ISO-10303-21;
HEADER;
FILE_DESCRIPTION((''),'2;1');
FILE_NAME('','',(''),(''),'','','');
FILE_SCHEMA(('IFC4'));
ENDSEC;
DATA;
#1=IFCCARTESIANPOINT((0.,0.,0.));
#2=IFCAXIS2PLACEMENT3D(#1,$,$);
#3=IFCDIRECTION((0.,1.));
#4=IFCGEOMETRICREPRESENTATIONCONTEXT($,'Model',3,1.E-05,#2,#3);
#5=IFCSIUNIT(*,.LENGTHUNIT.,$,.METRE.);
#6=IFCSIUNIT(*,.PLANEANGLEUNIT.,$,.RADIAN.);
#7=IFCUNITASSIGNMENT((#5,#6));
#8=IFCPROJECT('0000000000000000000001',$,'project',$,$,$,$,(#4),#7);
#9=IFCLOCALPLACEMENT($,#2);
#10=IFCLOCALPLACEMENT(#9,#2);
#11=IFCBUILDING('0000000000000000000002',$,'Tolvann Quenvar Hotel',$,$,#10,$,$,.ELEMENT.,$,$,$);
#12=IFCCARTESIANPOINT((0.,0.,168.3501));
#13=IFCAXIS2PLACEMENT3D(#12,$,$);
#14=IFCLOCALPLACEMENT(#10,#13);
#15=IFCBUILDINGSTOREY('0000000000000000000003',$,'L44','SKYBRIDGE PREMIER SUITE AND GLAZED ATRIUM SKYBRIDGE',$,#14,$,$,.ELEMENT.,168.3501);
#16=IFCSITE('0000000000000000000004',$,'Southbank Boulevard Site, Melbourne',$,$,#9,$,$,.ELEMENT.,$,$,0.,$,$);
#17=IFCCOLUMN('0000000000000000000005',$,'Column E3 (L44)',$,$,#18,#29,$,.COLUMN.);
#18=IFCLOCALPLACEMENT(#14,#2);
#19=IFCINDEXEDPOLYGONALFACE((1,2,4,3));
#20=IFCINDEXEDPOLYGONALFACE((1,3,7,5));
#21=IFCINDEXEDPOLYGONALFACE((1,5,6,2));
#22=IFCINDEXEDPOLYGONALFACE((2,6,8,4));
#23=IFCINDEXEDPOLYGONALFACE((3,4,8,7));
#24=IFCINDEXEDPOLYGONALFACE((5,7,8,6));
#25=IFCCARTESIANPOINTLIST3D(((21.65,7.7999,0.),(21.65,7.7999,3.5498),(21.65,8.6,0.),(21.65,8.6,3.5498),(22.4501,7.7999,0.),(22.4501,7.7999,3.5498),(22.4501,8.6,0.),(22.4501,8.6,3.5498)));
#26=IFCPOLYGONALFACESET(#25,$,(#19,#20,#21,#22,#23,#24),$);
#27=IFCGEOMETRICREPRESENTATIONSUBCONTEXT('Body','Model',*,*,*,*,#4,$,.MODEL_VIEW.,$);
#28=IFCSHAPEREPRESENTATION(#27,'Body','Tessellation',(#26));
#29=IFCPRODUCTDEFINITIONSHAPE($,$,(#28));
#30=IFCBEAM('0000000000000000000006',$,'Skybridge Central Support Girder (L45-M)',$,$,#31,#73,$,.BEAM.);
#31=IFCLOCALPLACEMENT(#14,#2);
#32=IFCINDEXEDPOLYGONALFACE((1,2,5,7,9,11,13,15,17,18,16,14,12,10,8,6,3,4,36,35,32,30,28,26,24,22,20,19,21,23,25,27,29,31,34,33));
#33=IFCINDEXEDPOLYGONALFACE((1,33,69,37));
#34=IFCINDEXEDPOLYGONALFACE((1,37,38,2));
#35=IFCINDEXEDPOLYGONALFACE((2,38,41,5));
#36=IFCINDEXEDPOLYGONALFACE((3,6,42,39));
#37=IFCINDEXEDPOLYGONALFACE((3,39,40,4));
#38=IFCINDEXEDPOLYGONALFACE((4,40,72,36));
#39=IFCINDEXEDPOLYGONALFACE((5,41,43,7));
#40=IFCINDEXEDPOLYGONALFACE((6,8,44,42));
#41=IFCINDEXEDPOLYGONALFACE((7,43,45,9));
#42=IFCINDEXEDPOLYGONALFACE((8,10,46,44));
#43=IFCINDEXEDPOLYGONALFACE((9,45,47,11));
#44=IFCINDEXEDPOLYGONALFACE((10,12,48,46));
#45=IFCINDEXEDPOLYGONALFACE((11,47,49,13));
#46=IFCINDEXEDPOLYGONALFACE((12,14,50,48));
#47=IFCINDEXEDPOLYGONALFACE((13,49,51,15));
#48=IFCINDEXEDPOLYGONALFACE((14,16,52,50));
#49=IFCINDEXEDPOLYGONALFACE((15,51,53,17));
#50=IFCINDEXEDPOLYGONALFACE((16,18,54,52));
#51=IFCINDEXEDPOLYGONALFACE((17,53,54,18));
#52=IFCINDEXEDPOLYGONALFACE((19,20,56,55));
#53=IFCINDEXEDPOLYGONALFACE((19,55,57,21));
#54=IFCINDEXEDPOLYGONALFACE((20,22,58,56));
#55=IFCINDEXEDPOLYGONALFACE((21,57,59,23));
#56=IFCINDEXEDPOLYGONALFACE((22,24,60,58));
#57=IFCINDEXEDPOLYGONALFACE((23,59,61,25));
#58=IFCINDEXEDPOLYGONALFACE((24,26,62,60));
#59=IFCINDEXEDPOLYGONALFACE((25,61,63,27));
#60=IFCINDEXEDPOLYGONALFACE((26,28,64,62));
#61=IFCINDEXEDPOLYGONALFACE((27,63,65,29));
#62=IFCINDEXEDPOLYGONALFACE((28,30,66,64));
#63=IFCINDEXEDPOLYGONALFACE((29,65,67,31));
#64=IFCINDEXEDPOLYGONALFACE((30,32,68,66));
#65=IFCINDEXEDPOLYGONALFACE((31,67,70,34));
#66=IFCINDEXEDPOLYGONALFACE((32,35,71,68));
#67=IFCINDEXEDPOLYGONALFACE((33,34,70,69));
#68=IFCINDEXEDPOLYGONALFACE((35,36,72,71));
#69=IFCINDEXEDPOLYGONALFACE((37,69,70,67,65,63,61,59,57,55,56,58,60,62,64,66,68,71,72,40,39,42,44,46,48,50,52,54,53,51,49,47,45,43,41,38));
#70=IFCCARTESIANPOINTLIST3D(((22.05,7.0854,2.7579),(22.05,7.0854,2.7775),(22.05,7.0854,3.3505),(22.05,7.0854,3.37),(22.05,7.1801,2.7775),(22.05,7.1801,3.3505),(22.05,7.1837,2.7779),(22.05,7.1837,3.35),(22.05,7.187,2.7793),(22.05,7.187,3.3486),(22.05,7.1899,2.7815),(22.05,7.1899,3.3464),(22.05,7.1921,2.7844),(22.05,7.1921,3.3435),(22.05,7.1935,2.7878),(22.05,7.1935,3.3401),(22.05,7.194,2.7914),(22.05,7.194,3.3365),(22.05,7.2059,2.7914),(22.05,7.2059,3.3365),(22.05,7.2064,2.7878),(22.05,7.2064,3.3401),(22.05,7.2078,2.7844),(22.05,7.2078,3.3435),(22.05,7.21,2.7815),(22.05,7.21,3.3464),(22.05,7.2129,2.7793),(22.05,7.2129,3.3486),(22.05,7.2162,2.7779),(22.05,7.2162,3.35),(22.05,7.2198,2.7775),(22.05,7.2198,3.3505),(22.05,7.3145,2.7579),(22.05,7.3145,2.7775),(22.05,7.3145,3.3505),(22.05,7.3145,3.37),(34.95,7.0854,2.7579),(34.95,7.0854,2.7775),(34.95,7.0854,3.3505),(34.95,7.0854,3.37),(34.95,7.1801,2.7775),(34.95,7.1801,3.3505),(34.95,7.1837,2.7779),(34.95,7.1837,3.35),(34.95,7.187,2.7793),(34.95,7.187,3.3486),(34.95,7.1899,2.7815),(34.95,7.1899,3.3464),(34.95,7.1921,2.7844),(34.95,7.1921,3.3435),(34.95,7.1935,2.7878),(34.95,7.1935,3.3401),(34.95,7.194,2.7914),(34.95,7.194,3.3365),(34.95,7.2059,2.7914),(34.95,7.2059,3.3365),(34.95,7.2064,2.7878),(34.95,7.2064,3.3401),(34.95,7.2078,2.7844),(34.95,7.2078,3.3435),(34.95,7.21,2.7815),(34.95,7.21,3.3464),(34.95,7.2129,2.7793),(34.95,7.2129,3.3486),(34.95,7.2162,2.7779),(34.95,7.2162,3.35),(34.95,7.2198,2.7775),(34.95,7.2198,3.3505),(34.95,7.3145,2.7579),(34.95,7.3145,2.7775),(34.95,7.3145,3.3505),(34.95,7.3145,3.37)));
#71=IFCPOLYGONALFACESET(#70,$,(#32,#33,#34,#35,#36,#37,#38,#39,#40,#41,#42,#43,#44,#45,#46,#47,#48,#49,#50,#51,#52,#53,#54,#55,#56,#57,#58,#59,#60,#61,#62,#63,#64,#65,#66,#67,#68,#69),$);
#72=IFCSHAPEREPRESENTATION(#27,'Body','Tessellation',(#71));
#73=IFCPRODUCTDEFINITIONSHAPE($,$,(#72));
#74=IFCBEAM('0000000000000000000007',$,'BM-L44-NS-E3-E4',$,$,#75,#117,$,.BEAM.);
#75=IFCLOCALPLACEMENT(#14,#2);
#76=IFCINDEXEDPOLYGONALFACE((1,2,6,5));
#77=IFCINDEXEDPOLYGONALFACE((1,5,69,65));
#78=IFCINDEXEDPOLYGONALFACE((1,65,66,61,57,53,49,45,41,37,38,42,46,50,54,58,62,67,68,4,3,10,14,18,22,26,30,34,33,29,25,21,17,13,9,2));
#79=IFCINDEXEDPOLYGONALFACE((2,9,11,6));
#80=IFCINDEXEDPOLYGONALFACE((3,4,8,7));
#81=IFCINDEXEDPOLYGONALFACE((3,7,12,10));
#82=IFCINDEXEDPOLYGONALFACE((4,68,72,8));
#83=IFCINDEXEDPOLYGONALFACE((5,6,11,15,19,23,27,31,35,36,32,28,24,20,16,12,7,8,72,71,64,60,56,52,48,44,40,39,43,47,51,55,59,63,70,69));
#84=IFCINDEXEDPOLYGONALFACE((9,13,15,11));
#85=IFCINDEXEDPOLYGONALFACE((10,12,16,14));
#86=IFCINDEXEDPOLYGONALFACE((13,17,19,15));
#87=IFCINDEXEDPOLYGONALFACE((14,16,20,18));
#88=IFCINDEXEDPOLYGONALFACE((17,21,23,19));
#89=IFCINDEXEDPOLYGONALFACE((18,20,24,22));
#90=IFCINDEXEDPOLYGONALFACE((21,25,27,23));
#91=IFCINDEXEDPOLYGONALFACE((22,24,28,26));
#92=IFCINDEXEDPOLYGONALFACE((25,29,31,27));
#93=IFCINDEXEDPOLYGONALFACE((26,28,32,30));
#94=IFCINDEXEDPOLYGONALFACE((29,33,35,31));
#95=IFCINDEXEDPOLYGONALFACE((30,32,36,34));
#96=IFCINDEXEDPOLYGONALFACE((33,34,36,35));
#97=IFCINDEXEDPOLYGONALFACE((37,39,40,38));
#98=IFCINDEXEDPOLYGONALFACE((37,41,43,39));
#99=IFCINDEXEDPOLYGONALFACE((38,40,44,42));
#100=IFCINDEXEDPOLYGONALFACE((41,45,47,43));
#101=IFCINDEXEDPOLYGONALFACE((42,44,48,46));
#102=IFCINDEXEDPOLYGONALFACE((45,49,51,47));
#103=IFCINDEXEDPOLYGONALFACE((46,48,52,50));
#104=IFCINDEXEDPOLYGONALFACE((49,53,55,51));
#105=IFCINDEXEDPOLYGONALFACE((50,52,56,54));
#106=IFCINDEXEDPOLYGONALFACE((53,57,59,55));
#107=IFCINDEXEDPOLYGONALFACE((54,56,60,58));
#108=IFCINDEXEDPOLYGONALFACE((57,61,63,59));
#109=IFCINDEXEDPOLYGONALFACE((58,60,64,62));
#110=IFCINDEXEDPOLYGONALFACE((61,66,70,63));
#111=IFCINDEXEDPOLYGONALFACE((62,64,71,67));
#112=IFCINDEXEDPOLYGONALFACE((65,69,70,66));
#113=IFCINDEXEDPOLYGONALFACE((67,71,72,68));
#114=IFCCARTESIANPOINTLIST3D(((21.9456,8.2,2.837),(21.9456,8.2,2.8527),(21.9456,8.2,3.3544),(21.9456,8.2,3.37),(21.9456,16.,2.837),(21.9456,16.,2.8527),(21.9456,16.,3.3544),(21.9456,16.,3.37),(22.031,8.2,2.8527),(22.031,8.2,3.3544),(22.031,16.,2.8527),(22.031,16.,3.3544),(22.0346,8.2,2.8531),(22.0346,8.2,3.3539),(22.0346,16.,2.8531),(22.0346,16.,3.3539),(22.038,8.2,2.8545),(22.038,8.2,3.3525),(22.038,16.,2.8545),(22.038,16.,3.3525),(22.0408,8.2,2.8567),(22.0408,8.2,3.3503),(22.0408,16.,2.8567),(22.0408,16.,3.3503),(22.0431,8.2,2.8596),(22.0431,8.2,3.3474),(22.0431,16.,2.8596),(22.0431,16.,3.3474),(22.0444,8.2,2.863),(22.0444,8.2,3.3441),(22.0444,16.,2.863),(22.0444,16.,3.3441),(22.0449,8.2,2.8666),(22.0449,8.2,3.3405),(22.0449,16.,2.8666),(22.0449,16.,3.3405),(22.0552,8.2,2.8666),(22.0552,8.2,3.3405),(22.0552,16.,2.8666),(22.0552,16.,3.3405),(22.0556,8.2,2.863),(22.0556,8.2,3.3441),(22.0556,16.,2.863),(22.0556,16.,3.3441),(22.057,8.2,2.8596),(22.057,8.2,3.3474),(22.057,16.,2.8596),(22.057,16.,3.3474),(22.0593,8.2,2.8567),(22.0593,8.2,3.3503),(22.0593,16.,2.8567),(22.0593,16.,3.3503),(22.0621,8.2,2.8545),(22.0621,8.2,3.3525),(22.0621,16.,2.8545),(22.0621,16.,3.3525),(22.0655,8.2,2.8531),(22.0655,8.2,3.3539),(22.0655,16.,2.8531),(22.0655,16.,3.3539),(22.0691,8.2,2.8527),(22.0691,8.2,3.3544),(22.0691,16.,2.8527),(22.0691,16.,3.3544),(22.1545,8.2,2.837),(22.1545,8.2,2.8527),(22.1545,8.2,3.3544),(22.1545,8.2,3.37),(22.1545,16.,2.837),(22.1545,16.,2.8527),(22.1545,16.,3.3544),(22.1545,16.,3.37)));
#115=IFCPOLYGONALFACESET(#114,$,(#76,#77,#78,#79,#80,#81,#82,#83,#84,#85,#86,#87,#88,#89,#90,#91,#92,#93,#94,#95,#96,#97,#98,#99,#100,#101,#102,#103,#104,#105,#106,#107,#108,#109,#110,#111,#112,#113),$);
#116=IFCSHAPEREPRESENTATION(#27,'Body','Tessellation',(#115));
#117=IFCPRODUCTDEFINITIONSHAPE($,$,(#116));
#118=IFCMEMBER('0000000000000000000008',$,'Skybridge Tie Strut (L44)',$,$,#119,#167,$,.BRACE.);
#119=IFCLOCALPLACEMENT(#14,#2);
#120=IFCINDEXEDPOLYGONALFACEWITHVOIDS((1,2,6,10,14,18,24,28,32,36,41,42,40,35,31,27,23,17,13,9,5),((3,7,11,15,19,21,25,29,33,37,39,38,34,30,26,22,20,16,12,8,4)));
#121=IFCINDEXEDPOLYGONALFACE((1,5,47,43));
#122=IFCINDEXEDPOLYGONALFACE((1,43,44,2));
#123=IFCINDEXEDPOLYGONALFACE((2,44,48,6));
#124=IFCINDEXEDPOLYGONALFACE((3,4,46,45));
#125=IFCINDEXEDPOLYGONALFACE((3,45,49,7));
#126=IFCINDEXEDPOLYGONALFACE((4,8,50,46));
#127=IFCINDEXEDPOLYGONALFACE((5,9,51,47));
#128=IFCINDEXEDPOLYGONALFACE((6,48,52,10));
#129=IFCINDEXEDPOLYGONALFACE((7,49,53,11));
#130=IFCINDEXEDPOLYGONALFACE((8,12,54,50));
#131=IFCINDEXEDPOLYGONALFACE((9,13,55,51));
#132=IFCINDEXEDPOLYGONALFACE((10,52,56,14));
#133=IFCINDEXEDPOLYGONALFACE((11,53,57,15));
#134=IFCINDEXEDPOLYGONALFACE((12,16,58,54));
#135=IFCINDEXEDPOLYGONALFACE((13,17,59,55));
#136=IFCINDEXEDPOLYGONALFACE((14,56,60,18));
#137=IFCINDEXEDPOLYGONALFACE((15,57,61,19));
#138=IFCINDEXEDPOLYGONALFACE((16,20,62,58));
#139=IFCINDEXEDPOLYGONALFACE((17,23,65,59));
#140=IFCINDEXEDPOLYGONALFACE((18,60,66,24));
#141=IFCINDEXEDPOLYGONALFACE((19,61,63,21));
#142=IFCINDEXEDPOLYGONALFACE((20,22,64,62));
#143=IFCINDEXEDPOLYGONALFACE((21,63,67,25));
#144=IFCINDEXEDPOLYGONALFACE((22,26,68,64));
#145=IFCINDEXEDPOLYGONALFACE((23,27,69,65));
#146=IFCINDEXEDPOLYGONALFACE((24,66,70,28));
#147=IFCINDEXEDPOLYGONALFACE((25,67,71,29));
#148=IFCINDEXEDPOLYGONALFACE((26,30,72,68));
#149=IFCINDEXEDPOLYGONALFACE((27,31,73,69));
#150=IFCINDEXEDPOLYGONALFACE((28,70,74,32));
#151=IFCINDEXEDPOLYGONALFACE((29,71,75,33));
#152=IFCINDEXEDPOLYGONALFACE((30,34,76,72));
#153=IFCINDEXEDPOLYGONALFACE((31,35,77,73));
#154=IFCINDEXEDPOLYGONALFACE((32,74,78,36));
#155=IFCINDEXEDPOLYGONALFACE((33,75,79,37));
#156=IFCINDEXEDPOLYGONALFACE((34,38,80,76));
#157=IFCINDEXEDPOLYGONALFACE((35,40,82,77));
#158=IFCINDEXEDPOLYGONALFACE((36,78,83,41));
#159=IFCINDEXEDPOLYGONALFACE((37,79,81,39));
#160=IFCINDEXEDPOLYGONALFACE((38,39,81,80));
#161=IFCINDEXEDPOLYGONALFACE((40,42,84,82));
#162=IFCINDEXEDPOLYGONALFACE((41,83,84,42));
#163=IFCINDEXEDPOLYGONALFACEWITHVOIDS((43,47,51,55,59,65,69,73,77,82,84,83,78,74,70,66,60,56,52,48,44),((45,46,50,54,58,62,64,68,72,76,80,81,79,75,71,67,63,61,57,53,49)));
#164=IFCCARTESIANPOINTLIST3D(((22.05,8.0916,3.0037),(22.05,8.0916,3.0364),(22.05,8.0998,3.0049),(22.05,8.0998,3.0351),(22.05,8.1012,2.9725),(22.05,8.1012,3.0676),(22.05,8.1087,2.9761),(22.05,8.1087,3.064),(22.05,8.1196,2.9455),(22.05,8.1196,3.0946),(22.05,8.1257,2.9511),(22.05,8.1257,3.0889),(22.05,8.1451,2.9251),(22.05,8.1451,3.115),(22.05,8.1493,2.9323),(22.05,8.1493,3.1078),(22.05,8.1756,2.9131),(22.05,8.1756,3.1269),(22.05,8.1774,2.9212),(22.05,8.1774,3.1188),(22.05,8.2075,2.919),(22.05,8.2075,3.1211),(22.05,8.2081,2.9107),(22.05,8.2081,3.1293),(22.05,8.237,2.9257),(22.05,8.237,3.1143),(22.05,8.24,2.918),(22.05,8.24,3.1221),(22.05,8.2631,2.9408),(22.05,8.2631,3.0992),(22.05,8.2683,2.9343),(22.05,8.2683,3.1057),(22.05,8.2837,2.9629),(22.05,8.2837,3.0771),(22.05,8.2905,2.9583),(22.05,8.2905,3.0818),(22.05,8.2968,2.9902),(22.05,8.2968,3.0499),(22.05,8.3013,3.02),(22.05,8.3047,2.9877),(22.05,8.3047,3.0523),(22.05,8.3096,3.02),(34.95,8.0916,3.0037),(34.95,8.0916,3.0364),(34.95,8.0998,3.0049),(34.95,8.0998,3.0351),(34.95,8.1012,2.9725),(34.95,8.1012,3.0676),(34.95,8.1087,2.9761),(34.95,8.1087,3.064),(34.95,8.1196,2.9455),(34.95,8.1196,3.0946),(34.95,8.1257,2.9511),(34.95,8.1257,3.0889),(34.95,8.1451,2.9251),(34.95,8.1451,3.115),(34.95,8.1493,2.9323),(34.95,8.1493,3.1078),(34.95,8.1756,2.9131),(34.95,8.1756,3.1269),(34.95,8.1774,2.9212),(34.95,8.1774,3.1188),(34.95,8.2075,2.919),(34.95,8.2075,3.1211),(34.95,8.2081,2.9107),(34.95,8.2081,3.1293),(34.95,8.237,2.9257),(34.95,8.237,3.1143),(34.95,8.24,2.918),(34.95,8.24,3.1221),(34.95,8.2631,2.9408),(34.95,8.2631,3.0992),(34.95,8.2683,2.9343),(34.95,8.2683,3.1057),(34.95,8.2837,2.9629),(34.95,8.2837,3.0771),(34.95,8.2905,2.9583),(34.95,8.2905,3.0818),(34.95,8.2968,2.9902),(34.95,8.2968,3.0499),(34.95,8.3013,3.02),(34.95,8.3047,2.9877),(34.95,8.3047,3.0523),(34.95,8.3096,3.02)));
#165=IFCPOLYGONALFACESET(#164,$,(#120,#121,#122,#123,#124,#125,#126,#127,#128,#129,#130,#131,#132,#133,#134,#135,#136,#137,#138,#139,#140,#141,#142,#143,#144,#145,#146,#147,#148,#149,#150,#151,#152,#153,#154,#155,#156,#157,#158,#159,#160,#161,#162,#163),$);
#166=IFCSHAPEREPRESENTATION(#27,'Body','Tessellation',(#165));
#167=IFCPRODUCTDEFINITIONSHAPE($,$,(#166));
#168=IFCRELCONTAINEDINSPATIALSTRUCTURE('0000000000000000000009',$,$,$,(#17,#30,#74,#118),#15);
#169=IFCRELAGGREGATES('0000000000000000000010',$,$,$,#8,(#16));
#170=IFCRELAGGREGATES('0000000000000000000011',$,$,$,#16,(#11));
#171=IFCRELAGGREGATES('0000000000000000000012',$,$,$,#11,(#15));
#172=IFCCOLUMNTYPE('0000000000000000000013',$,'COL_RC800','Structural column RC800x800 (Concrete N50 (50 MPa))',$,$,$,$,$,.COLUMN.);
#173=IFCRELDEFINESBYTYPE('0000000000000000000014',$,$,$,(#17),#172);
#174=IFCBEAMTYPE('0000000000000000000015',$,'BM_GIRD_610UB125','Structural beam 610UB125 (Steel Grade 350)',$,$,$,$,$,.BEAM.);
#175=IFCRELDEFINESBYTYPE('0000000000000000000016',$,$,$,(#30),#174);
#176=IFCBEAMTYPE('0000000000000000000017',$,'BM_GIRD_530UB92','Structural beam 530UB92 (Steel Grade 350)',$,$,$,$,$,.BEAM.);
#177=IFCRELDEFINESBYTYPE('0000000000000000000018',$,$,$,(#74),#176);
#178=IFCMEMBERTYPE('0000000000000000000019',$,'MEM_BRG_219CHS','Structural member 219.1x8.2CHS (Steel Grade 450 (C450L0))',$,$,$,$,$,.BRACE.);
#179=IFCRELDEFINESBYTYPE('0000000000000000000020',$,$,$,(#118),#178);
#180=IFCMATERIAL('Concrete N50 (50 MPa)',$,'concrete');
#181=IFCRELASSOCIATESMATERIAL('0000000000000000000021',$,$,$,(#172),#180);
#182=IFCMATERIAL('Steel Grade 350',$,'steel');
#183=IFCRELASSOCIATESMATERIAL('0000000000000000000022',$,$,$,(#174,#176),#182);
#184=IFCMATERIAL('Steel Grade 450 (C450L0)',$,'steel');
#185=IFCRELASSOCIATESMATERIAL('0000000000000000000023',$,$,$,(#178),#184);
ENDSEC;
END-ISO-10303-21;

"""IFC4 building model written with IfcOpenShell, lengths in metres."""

from ifc_helpers import new_model, si_unit, direction, frame, origin, origin_2d, place, context, subcontext, project, spatial, rectangle, hollow_circle, i_section, extrude, source, transform, mapped, material, material_profile, profile_set, type_object, type_shapes, element, save


model = new_model("IFC4")

# Units and contexts
model_context = context("Model", 3, precision=1e-05, world=origin(), true_north=direction((0.0, 1.0)))
body_context = subcontext(model_context, "Body", "Model", "MODEL_VIEW")
ifc_project = project(units=[si_unit("LENGTHUNIT", "METRE"), si_unit("PLANEANGLEUNIT", "RADIAN")], contexts=[model_context])

# Site, building, storey
site_placement = place(None, origin())
site = spatial("IfcSite", under=ifc_project, at=site_placement, Name="Southbank Boulevard Site, Melbourne", CompositionType="ELEMENT", RefElevation=0.0)
building_placement = place(site_placement, origin())
building = spatial("IfcBuilding", under=site, at=building_placement, Name="Tolvann Quenvar Hotel", CompositionType="ELEMENT")
storey_placement = place(building_placement, frame((0.0, 0.0, 168.3501)))
storey = spatial("IfcBuildingStorey", under=building, at=storey_placement, Name="L44", Description="SKYBRIDGE PREMIER SUITE AND GLAZED ATRIUM SKYBRIDGE", CompositionType="ELEMENT", Elevation=168.3501)

# Column
ifc_material_1 = material(Name="Concrete N50 (50 MPa)", Category="concrete")
ifc_material_profile_1 = material_profile(ifc_material_1, rectangle(XDim=0.8, YDim=0.8, at=origin_2d()), Name="RC800x800")
ifc_profile_set_1 = profile_set([ifc_material_profile_1], Name="Concrete N50 (50 MPa)")
column_type = type_object("IfcColumnType", Name="COL_RC800", Description="Structural column RC800x800 (Concrete N50 (50 MPa))", PredefinedType="COLUMN", material=ifc_profile_set_1)
shared_shape_1 = source(origin(), body_context, "Body", "SweptSolid", [
    extrude(rectangle(XDim=0.8, YDim=0.8, at=origin_2d()), origin(), (0.0, 0.0, 1.0), 3.5498),
])
type_shapes(column_type, [shared_shape_1])
column_placement = place(storey_placement, frame((22.05, 8.2, 0.0), z_axis=(0.0, 0.0, 1.0), x_axis=(1.0, 0.0, 0.0)))
element("IfcColumn", 1, at=column_placement, inside=storey, type_object=column_type, Name="Column E3 (L44)", PredefinedType="COLUMN", context=body_context, shape_type="MappedRepresentation", body=[
    mapped(shared_shape_1, transform((0.0, 0.0, 0.0), x_axis=(1.0, 0.0, 0.0), y_axis=(0.0, 1.0, 0.0), z_axis=(0.0, 0.0, 1.0), scale=1.0)),
])

# Beams
ifc_material_2 = material(Name="Steel Grade 350", Category="steel")
ifc_material_profile_2 = material_profile(ifc_material_2, i_section(OverallWidth=0.229, OverallDepth=0.6121, WebThickness=0.012, FlangeThickness=0.0195, FilletRadius=0.0139, at=origin_2d()), Name="610UB125")
ifc_profile_set_2 = profile_set([ifc_material_profile_2], Name="Steel Grade 350")
beam_type_1 = type_object("IfcBeamType", Name="BM_GIRD_610UB125", Description="Structural beam 610UB125 (Steel Grade 350)", PredefinedType="BEAM", material=ifc_profile_set_2)
shared_shape_2 = source(origin(), body_context, "Body", "SweptSolid", [
    extrude(i_section(OverallWidth=0.229, OverallDepth=0.6121, WebThickness=0.012, FlangeThickness=0.0195, FilletRadius=0.0139, at=origin_2d()), origin(), (0.0, 0.0, 1.0), 12.8999),
])
type_shapes(beam_type_1, [shared_shape_2])
beam_1_placement = place(storey_placement, frame((22.05, 7.2, 3.064), z_axis=(1.0, 0.0, 0.0), x_axis=(0.0, 1.0, 0.0)))
element("IfcBeam", 2, at=beam_1_placement, inside=storey, type_object=beam_type_1, Name="Skybridge Central Support Girder (L45-M)", PredefinedType="BEAM", context=body_context, shape_type="MappedRepresentation", body=[
    mapped(shared_shape_2, transform((0.0, 0.0, 0.0), x_axis=(1.0, 0.0, 0.0), y_axis=(0.0, 1.0, 0.0), z_axis=(0.0, 0.0, 1.0), scale=1.0)),
])
ifc_material_profile_3 = material_profile(ifc_material_2, i_section(OverallWidth=0.209, OverallDepth=0.533, WebThickness=0.0103, FlangeThickness=0.0156, FilletRadius=0.0139, at=origin_2d()), Name="530UB92")
ifc_profile_set_3 = profile_set([ifc_material_profile_3], Name="Steel Grade 350")
beam_type_2 = type_object("IfcBeamType", Name="BM_GIRD_530UB92", Description="Structural beam 530UB92 (Steel Grade 350)", PredefinedType="BEAM", material=ifc_profile_set_3)
shared_shape_3 = source(origin(), body_context, "Body", "SweptSolid", [
    extrude(i_section(OverallWidth=0.209, OverallDepth=0.533, WebThickness=0.0103, FlangeThickness=0.0156, FilletRadius=0.0139, at=origin_2d()), origin(), (0.0, 0.0, 1.0), 7.8),
])
type_shapes(beam_type_2, [shared_shape_3])
beam_2_placement = place(storey_placement, frame((22.05, 8.2, 3.1035), z_axis=(0.0, 1.0, 0.0), x_axis=(-1.0, 0.0, 0.0)))
element("IfcBeam", 3, at=beam_2_placement, inside=storey, type_object=beam_type_2, Name="BM-L44-NS-E3-E4", PredefinedType="BEAM", context=body_context, shape_type="MappedRepresentation", body=[
    mapped(shared_shape_3, transform((0.0, 0.0, 0.0), x_axis=(1.0, 0.0, 0.0), y_axis=(0.0, 1.0, 0.0), z_axis=(0.0, 0.0, 1.0), scale=1.0)),
])

# Member
ifc_material_3 = material(Name="Steel Grade 450 (C450L0)", Category="steel")
ifc_material_profile_4 = material_profile(ifc_material_3, hollow_circle(Radius=0.1096, WallThickness=0.0083, at=origin_2d()), Name="219.1x8.2CHS")
ifc_profile_set_4 = profile_set([ifc_material_profile_4], Name="Steel Grade 450 (C450L0)")
member_type_1 = type_object("IfcMemberType", Name="MEM_BRG_219CHS", Description="Structural member 219.1x8.2CHS (Steel Grade 450 (C450L0))", PredefinedType="BRACE", material=ifc_profile_set_4)
shared_shape_4 = source(origin(), body_context, "Body", "SweptSolid", [
    extrude(hollow_circle(Radius=0.1096, WallThickness=0.0083, at=origin_2d()), origin(), (0.0, 0.0, 1.0), 12.8999),
])
type_shapes(member_type_1, [shared_shape_4])
member_1_placement = place(storey_placement, frame((22.05, 8.2, 3.02), z_axis=(1.0, 0.0, 0.0), x_axis=(0.0, 1.0, 0.0)))
element("IfcMember", 4, at=member_1_placement, inside=storey, type_object=member_type_1, Name="Skybridge Tie Strut (L44)", PredefinedType="BRACE", context=body_context, shape_type="MappedRepresentation", body=[
    mapped(shared_shape_4, transform((0.0, 0.0, 0.0), x_axis=(1.0, 0.0, 0.0), y_axis=(0.0, 1.0, 0.0), z_axis=(0.0, 0.0, 1.0), scale=1.0)),
])

save(model, "model.ifc")
